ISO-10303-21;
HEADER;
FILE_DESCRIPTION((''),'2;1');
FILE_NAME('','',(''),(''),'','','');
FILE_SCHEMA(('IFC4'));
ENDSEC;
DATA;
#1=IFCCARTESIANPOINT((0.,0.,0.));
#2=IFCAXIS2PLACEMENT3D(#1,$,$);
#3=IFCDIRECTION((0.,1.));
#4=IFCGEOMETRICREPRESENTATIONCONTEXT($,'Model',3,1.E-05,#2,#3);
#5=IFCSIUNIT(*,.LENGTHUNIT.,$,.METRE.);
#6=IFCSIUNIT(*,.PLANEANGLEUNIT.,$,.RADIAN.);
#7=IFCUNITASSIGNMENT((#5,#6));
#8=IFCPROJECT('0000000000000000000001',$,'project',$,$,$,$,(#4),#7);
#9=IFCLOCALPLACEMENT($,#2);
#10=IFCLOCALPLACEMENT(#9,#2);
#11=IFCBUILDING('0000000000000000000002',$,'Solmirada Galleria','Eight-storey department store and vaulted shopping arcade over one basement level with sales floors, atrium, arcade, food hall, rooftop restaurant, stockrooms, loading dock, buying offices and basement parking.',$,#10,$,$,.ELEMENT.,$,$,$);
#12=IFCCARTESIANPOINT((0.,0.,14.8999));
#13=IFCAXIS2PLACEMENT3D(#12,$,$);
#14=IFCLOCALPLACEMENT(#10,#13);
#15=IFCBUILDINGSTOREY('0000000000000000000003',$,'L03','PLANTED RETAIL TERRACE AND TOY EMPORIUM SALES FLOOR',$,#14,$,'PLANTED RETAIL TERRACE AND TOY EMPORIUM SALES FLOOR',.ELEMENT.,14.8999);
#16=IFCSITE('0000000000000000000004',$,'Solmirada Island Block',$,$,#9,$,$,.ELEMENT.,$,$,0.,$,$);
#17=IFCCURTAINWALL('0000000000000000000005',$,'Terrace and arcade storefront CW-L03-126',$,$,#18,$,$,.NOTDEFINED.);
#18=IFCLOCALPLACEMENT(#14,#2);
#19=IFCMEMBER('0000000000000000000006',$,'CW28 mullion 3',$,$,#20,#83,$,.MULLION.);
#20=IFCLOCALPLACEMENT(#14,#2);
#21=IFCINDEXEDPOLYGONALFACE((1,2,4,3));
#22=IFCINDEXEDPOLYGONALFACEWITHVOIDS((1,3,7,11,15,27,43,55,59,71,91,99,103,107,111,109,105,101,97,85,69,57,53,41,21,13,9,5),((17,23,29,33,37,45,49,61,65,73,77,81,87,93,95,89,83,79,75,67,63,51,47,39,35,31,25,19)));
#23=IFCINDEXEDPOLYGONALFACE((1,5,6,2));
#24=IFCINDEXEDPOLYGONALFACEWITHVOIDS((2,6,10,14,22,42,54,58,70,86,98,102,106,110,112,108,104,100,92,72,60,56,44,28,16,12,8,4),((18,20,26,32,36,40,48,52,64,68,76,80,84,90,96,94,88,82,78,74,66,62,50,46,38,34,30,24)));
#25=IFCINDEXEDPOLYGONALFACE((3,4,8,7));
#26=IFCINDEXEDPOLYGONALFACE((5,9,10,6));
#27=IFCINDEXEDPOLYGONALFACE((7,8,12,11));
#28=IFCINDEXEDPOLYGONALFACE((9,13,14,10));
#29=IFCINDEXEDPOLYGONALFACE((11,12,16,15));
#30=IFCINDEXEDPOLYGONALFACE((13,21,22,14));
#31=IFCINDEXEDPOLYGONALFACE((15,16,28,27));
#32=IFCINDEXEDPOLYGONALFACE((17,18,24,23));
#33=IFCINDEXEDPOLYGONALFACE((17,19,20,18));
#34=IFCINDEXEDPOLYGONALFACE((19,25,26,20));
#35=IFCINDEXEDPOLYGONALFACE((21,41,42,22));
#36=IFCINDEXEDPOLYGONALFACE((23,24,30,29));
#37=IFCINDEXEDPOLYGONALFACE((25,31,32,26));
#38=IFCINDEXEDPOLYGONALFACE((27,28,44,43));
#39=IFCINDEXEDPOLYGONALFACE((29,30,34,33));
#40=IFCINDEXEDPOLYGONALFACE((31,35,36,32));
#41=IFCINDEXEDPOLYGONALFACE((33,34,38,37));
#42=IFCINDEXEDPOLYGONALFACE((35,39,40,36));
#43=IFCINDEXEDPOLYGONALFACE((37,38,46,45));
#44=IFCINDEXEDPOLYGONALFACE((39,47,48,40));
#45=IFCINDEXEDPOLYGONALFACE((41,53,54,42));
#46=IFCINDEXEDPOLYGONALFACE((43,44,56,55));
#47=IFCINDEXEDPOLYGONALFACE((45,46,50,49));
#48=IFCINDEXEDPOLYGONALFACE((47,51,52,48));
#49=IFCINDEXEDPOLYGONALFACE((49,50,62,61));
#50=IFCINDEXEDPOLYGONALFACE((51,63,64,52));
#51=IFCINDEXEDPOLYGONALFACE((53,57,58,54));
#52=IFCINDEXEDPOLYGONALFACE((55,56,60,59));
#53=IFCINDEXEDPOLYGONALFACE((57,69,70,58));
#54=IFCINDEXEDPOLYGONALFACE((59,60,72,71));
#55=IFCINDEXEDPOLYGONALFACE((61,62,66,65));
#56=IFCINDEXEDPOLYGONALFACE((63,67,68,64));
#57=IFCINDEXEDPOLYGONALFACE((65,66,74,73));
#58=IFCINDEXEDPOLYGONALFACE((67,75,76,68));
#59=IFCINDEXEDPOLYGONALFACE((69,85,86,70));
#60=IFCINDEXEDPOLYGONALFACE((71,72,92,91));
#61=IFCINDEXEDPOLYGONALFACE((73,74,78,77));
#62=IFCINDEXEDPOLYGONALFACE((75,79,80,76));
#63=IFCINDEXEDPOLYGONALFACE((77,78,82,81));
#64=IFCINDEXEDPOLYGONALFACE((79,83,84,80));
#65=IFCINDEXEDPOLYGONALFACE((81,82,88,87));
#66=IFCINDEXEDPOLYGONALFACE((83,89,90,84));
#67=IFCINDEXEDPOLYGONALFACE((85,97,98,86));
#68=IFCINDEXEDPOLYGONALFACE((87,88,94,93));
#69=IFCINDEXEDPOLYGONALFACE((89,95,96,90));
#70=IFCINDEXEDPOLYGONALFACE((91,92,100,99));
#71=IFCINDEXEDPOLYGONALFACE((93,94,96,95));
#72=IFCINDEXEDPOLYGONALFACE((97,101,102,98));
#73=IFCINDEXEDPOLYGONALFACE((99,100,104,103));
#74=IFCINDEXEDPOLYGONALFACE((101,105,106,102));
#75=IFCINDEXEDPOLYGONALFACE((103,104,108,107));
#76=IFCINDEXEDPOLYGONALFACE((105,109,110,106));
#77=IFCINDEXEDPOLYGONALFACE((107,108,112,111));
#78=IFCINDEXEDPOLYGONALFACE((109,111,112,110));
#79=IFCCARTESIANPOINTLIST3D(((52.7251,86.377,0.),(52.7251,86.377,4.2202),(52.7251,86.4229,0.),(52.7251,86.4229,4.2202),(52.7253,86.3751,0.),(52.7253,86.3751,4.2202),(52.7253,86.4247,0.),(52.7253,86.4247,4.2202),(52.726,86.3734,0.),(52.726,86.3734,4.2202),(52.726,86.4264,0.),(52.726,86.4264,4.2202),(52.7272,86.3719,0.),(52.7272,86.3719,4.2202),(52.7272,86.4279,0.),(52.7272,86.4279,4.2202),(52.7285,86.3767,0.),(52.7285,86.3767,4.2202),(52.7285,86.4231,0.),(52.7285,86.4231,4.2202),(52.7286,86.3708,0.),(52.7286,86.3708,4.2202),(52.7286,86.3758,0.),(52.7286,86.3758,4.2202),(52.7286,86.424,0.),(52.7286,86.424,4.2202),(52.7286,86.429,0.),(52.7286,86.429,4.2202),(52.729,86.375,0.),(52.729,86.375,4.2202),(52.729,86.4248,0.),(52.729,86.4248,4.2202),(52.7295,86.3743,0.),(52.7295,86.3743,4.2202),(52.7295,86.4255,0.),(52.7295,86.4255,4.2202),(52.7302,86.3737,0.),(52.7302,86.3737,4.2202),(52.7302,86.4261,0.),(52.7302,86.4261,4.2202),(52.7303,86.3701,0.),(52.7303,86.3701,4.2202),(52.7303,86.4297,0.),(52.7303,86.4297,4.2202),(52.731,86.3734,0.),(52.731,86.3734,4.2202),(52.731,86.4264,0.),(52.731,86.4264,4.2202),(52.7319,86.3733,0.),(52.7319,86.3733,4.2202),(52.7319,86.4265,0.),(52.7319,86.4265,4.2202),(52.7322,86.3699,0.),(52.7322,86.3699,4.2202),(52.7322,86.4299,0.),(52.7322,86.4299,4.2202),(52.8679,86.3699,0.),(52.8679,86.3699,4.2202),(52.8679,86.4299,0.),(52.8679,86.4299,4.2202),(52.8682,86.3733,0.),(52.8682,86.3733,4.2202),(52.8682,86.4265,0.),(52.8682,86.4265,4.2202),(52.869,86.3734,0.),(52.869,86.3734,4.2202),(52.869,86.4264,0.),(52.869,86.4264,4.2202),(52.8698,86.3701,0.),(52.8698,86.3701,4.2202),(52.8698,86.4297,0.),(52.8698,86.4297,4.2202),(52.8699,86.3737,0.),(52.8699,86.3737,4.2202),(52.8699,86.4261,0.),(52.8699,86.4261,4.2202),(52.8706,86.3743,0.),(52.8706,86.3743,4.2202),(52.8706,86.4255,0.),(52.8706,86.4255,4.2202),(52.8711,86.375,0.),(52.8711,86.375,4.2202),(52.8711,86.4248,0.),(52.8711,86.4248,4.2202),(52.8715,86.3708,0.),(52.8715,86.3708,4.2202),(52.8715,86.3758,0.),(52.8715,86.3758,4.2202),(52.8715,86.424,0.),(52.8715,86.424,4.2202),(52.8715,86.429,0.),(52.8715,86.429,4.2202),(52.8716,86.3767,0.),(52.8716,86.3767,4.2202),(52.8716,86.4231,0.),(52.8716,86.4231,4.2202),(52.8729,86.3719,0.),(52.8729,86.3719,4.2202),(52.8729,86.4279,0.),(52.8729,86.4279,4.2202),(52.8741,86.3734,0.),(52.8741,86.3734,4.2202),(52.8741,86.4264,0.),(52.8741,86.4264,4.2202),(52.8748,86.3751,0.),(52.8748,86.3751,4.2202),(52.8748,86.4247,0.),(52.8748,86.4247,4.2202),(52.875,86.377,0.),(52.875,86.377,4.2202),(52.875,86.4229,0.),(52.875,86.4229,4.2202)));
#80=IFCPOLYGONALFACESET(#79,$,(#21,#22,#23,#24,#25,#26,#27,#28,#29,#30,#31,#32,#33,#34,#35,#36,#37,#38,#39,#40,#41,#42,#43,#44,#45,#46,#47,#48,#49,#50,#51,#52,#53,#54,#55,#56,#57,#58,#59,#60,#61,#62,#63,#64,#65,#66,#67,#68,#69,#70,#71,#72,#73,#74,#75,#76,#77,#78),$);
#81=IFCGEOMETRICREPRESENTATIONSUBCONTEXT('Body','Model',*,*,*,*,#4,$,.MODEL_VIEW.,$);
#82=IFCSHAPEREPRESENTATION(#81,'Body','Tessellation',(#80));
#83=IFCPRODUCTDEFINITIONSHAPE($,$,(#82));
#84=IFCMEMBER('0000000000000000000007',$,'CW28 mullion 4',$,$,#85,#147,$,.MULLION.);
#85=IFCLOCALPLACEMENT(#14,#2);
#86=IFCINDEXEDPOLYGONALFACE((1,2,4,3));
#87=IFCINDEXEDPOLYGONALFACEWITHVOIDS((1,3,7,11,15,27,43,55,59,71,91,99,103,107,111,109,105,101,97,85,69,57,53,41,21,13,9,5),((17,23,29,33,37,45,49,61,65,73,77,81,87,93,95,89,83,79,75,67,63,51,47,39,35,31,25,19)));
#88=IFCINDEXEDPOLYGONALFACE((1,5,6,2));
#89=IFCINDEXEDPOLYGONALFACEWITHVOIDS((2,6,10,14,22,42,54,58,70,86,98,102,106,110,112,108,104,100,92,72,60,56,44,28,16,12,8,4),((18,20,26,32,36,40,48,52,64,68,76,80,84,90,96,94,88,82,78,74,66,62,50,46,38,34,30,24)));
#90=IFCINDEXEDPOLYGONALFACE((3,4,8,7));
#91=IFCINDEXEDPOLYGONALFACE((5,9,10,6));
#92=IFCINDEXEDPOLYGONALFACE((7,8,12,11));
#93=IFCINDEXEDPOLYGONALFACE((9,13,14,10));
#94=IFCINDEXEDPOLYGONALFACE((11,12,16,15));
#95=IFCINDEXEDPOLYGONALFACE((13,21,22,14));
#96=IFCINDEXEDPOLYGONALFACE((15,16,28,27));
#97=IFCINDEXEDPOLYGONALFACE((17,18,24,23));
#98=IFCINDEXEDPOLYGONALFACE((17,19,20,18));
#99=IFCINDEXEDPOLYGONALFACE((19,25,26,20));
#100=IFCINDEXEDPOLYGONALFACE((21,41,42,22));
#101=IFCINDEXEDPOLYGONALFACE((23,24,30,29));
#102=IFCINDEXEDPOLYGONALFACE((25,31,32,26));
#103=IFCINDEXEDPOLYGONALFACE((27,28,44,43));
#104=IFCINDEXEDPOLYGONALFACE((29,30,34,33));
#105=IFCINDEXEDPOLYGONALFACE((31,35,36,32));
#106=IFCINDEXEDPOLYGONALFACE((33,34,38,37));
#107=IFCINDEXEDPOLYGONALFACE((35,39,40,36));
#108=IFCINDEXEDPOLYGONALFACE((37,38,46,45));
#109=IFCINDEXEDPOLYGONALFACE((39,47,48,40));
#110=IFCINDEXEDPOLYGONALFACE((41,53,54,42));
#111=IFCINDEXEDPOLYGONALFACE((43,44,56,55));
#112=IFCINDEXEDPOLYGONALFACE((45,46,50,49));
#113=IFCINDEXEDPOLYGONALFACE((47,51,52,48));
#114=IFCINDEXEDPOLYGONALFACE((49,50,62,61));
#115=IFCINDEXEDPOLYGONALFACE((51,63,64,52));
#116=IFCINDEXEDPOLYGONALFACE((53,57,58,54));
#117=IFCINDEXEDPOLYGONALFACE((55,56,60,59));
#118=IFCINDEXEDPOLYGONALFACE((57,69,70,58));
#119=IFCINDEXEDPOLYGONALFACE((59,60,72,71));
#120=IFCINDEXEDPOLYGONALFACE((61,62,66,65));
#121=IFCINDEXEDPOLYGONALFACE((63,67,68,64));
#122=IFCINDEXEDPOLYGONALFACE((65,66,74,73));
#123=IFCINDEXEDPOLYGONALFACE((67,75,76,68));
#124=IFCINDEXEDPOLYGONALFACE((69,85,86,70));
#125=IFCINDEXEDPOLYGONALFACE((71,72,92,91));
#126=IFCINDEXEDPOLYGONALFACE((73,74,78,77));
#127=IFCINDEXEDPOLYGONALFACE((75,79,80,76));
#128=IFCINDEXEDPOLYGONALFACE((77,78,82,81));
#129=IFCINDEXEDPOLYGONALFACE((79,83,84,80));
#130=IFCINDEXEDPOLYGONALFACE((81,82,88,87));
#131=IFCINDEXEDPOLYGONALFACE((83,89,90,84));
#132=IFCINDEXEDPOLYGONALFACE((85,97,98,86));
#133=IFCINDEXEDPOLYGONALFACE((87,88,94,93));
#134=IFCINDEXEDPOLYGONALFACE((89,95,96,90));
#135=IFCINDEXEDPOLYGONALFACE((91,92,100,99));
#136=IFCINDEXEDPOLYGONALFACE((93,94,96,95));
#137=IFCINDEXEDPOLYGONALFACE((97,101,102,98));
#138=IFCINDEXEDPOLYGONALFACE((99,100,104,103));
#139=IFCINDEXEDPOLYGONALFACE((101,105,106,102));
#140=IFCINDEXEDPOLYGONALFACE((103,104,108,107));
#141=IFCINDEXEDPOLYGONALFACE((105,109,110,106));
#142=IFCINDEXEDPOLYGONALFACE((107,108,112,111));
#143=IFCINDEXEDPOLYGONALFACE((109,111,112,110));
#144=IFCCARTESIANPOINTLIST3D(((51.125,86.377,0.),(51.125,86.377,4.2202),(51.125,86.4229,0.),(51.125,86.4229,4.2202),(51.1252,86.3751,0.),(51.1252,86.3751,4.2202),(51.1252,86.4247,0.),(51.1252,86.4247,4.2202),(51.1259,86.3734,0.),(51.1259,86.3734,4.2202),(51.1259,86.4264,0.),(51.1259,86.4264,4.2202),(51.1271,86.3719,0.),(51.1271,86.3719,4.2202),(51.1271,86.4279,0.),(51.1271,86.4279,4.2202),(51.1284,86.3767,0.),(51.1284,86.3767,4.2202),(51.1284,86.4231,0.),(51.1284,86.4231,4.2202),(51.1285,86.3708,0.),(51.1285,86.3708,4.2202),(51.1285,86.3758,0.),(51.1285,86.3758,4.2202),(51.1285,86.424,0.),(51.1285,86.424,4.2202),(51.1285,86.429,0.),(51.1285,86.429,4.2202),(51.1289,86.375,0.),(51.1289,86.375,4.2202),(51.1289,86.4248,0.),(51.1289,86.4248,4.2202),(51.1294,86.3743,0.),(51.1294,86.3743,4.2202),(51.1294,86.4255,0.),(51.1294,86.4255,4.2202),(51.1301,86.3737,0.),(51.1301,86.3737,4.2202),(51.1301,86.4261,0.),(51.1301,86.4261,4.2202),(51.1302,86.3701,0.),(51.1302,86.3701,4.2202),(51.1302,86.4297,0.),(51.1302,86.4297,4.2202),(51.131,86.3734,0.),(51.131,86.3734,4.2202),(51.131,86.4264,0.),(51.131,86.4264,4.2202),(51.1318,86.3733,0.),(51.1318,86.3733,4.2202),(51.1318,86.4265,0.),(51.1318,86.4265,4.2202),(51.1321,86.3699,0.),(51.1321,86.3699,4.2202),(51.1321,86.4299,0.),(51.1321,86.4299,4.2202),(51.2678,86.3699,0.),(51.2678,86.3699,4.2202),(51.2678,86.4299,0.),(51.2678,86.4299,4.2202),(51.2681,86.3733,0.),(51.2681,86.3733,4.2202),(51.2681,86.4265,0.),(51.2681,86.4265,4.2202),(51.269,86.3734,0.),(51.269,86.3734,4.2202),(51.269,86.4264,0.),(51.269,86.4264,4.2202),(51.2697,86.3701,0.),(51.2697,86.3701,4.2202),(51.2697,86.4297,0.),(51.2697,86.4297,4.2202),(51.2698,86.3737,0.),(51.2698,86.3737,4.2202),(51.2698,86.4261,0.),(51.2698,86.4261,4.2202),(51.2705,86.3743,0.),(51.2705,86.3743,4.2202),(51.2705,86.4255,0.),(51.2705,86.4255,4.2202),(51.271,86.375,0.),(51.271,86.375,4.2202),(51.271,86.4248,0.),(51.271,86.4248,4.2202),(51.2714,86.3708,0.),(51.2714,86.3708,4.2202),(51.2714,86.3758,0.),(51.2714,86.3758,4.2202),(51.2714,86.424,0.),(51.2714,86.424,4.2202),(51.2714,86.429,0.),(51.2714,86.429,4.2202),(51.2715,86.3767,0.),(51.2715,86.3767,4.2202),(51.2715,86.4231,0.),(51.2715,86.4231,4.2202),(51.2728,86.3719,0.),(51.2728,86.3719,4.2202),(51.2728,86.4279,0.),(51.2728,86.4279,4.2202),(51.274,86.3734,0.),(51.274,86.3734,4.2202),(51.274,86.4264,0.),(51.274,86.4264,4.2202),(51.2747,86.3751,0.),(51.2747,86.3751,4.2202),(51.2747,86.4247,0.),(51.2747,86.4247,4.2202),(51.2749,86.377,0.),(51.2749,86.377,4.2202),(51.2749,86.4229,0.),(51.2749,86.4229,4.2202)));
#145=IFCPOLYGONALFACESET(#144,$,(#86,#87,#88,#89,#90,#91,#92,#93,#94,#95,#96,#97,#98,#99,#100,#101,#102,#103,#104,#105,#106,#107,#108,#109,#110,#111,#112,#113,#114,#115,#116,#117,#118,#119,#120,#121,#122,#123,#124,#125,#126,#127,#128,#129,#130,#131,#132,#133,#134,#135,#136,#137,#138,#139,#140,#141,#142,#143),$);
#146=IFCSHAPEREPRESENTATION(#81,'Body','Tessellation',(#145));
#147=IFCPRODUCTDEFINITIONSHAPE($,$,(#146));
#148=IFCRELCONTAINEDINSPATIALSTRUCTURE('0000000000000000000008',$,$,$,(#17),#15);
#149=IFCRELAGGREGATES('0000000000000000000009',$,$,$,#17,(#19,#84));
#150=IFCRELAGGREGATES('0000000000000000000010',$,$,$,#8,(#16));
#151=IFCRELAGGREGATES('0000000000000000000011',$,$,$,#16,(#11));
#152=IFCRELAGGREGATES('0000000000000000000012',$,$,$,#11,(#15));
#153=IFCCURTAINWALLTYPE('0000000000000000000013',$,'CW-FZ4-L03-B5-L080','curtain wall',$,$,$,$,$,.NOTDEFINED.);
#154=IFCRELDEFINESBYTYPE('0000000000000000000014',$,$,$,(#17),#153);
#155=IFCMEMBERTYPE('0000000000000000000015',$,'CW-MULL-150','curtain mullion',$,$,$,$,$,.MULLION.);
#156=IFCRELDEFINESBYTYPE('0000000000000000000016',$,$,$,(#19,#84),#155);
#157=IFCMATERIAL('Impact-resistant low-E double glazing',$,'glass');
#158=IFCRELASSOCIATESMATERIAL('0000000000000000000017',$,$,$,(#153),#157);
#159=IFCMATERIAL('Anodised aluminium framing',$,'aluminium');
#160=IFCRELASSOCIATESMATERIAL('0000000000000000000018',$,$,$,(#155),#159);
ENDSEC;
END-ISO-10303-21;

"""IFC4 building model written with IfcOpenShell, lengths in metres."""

from ifc_helpers import new_model, si_unit, direction, frame, origin, origin_2d, place, context, subcontext, project, spatial, hollow_rectangle, extrude, material, material_profile, profile_set, type_object, element, aggregate, save


model = new_model("IFC4")

# Units and contexts
model_context = context("Model", 3, precision=1e-05, world=origin(), true_north=direction((0.0, 1.0)))
body_context = subcontext(model_context, "Body", "Model", "MODEL_VIEW")
ifc_project = project(units=[si_unit("LENGTHUNIT", "METRE"), si_unit("PLANEANGLEUNIT", "RADIAN")], contexts=[model_context])

# Site, building, storey
site_placement = place(None, origin())
site = spatial("IfcSite", under=ifc_project, at=site_placement, Name="Solmirada Island Block", CompositionType="ELEMENT", RefElevation=0.0)
building_placement = place(site_placement, origin())
building = spatial("IfcBuilding", under=site, at=building_placement, Name="Solmirada Galleria", Description="Eight-storey department store and vaulted shopping arcade over one basement level with sales floors, atrium, arcade, food hall, rooftop restaurant, stockrooms, loading dock, buying offices and basement parking.", CompositionType="ELEMENT")
storey_placement = place(building_placement, frame((0.0, 0.0, 14.8999)))
storey = spatial("IfcBuildingStorey", under=building, at=storey_placement, Name="L03", Description="PLANTED RETAIL TERRACE AND TOY EMPORIUM SALES FLOOR", LongName="PLANTED RETAIL TERRACE AND TOY EMPORIUM SALES FLOOR", CompositionType="ELEMENT", Elevation=14.8999)

# Curtain wall, members
ifc_material_1 = material(Name="Impact-resistant low-E double glazing", Category="glass")
curtain_wall_type = type_object("IfcCurtainWallType", Name="CW-FZ4-L03-B5-L080", Description="curtain wall", PredefinedType="NOTDEFINED", material=ifc_material_1)
curtain_wall_placement = place(storey_placement, origin())
curtain_wall = element("IfcCurtainWall", 1, at=curtain_wall_placement, inside=storey, type_object=curtain_wall_type, Name="Terrace and arcade storefront CW-L03-126", PredefinedType="NOTDEFINED")
ifc_material_2 = material(Name="Anodised aluminium framing", Category="aluminium")
ifc_material_profile_1 = material_profile(ifc_material_2, hollow_rectangle(XDim=0.0601, YDim=0.1499, WallThickness=0.0034, InnerFilletRadius=0.0034, OuterFilletRadius=0.0071, at=origin_2d()), Name="ALU-MULL-150X60")
ifc_profile_set_1 = profile_set([ifc_material_profile_1], Name="Anodised aluminium framing")
member_type_1 = type_object("IfcMemberType", Name="CW-MULL-150", Description="curtain mullion", PredefinedType="MULLION", material=ifc_profile_set_1)
member_1_placement = place(storey_placement, frame((52.8, 86.3999, 0.0), z_axis=(0.0, 0.0, 1.0), x_axis=(0.0, -1.0, 0.0)))
member_1 = element("IfcMember", 2, at=member_1_placement, type_object=member_type_1, Name="CW28 mullion 3", PredefinedType="MULLION", context=body_context, shape_type="SweptSolid", body=[
    extrude(hollow_rectangle(XDim=0.0601, YDim=0.1499, WallThickness=0.0034, InnerFilletRadius=0.0034, OuterFilletRadius=0.0071, at=origin_2d()), origin(), (0.0, 0.0, 1.0), 4.2202),
])
member_2_placement = place(storey_placement, frame((51.2, 86.3999, 0.0), z_axis=(0.0, 0.0, 1.0), x_axis=(0.0, -1.0, 0.0)))
member_2 = element("IfcMember", 3, at=member_2_placement, type_object=member_type_1, Name="CW28 mullion 4", PredefinedType="MULLION", context=body_context, shape_type="SweptSolid", body=[
    extrude(hollow_rectangle(XDim=0.0601, YDim=0.1499, WallThickness=0.0034, InnerFilletRadius=0.0034, OuterFilletRadius=0.0071, at=origin_2d()), origin(), (0.0, 0.0, 1.0), 4.2202),
])
aggregate(curtain_wall, [member_1, member_2])

save(model, "model.ifc")
